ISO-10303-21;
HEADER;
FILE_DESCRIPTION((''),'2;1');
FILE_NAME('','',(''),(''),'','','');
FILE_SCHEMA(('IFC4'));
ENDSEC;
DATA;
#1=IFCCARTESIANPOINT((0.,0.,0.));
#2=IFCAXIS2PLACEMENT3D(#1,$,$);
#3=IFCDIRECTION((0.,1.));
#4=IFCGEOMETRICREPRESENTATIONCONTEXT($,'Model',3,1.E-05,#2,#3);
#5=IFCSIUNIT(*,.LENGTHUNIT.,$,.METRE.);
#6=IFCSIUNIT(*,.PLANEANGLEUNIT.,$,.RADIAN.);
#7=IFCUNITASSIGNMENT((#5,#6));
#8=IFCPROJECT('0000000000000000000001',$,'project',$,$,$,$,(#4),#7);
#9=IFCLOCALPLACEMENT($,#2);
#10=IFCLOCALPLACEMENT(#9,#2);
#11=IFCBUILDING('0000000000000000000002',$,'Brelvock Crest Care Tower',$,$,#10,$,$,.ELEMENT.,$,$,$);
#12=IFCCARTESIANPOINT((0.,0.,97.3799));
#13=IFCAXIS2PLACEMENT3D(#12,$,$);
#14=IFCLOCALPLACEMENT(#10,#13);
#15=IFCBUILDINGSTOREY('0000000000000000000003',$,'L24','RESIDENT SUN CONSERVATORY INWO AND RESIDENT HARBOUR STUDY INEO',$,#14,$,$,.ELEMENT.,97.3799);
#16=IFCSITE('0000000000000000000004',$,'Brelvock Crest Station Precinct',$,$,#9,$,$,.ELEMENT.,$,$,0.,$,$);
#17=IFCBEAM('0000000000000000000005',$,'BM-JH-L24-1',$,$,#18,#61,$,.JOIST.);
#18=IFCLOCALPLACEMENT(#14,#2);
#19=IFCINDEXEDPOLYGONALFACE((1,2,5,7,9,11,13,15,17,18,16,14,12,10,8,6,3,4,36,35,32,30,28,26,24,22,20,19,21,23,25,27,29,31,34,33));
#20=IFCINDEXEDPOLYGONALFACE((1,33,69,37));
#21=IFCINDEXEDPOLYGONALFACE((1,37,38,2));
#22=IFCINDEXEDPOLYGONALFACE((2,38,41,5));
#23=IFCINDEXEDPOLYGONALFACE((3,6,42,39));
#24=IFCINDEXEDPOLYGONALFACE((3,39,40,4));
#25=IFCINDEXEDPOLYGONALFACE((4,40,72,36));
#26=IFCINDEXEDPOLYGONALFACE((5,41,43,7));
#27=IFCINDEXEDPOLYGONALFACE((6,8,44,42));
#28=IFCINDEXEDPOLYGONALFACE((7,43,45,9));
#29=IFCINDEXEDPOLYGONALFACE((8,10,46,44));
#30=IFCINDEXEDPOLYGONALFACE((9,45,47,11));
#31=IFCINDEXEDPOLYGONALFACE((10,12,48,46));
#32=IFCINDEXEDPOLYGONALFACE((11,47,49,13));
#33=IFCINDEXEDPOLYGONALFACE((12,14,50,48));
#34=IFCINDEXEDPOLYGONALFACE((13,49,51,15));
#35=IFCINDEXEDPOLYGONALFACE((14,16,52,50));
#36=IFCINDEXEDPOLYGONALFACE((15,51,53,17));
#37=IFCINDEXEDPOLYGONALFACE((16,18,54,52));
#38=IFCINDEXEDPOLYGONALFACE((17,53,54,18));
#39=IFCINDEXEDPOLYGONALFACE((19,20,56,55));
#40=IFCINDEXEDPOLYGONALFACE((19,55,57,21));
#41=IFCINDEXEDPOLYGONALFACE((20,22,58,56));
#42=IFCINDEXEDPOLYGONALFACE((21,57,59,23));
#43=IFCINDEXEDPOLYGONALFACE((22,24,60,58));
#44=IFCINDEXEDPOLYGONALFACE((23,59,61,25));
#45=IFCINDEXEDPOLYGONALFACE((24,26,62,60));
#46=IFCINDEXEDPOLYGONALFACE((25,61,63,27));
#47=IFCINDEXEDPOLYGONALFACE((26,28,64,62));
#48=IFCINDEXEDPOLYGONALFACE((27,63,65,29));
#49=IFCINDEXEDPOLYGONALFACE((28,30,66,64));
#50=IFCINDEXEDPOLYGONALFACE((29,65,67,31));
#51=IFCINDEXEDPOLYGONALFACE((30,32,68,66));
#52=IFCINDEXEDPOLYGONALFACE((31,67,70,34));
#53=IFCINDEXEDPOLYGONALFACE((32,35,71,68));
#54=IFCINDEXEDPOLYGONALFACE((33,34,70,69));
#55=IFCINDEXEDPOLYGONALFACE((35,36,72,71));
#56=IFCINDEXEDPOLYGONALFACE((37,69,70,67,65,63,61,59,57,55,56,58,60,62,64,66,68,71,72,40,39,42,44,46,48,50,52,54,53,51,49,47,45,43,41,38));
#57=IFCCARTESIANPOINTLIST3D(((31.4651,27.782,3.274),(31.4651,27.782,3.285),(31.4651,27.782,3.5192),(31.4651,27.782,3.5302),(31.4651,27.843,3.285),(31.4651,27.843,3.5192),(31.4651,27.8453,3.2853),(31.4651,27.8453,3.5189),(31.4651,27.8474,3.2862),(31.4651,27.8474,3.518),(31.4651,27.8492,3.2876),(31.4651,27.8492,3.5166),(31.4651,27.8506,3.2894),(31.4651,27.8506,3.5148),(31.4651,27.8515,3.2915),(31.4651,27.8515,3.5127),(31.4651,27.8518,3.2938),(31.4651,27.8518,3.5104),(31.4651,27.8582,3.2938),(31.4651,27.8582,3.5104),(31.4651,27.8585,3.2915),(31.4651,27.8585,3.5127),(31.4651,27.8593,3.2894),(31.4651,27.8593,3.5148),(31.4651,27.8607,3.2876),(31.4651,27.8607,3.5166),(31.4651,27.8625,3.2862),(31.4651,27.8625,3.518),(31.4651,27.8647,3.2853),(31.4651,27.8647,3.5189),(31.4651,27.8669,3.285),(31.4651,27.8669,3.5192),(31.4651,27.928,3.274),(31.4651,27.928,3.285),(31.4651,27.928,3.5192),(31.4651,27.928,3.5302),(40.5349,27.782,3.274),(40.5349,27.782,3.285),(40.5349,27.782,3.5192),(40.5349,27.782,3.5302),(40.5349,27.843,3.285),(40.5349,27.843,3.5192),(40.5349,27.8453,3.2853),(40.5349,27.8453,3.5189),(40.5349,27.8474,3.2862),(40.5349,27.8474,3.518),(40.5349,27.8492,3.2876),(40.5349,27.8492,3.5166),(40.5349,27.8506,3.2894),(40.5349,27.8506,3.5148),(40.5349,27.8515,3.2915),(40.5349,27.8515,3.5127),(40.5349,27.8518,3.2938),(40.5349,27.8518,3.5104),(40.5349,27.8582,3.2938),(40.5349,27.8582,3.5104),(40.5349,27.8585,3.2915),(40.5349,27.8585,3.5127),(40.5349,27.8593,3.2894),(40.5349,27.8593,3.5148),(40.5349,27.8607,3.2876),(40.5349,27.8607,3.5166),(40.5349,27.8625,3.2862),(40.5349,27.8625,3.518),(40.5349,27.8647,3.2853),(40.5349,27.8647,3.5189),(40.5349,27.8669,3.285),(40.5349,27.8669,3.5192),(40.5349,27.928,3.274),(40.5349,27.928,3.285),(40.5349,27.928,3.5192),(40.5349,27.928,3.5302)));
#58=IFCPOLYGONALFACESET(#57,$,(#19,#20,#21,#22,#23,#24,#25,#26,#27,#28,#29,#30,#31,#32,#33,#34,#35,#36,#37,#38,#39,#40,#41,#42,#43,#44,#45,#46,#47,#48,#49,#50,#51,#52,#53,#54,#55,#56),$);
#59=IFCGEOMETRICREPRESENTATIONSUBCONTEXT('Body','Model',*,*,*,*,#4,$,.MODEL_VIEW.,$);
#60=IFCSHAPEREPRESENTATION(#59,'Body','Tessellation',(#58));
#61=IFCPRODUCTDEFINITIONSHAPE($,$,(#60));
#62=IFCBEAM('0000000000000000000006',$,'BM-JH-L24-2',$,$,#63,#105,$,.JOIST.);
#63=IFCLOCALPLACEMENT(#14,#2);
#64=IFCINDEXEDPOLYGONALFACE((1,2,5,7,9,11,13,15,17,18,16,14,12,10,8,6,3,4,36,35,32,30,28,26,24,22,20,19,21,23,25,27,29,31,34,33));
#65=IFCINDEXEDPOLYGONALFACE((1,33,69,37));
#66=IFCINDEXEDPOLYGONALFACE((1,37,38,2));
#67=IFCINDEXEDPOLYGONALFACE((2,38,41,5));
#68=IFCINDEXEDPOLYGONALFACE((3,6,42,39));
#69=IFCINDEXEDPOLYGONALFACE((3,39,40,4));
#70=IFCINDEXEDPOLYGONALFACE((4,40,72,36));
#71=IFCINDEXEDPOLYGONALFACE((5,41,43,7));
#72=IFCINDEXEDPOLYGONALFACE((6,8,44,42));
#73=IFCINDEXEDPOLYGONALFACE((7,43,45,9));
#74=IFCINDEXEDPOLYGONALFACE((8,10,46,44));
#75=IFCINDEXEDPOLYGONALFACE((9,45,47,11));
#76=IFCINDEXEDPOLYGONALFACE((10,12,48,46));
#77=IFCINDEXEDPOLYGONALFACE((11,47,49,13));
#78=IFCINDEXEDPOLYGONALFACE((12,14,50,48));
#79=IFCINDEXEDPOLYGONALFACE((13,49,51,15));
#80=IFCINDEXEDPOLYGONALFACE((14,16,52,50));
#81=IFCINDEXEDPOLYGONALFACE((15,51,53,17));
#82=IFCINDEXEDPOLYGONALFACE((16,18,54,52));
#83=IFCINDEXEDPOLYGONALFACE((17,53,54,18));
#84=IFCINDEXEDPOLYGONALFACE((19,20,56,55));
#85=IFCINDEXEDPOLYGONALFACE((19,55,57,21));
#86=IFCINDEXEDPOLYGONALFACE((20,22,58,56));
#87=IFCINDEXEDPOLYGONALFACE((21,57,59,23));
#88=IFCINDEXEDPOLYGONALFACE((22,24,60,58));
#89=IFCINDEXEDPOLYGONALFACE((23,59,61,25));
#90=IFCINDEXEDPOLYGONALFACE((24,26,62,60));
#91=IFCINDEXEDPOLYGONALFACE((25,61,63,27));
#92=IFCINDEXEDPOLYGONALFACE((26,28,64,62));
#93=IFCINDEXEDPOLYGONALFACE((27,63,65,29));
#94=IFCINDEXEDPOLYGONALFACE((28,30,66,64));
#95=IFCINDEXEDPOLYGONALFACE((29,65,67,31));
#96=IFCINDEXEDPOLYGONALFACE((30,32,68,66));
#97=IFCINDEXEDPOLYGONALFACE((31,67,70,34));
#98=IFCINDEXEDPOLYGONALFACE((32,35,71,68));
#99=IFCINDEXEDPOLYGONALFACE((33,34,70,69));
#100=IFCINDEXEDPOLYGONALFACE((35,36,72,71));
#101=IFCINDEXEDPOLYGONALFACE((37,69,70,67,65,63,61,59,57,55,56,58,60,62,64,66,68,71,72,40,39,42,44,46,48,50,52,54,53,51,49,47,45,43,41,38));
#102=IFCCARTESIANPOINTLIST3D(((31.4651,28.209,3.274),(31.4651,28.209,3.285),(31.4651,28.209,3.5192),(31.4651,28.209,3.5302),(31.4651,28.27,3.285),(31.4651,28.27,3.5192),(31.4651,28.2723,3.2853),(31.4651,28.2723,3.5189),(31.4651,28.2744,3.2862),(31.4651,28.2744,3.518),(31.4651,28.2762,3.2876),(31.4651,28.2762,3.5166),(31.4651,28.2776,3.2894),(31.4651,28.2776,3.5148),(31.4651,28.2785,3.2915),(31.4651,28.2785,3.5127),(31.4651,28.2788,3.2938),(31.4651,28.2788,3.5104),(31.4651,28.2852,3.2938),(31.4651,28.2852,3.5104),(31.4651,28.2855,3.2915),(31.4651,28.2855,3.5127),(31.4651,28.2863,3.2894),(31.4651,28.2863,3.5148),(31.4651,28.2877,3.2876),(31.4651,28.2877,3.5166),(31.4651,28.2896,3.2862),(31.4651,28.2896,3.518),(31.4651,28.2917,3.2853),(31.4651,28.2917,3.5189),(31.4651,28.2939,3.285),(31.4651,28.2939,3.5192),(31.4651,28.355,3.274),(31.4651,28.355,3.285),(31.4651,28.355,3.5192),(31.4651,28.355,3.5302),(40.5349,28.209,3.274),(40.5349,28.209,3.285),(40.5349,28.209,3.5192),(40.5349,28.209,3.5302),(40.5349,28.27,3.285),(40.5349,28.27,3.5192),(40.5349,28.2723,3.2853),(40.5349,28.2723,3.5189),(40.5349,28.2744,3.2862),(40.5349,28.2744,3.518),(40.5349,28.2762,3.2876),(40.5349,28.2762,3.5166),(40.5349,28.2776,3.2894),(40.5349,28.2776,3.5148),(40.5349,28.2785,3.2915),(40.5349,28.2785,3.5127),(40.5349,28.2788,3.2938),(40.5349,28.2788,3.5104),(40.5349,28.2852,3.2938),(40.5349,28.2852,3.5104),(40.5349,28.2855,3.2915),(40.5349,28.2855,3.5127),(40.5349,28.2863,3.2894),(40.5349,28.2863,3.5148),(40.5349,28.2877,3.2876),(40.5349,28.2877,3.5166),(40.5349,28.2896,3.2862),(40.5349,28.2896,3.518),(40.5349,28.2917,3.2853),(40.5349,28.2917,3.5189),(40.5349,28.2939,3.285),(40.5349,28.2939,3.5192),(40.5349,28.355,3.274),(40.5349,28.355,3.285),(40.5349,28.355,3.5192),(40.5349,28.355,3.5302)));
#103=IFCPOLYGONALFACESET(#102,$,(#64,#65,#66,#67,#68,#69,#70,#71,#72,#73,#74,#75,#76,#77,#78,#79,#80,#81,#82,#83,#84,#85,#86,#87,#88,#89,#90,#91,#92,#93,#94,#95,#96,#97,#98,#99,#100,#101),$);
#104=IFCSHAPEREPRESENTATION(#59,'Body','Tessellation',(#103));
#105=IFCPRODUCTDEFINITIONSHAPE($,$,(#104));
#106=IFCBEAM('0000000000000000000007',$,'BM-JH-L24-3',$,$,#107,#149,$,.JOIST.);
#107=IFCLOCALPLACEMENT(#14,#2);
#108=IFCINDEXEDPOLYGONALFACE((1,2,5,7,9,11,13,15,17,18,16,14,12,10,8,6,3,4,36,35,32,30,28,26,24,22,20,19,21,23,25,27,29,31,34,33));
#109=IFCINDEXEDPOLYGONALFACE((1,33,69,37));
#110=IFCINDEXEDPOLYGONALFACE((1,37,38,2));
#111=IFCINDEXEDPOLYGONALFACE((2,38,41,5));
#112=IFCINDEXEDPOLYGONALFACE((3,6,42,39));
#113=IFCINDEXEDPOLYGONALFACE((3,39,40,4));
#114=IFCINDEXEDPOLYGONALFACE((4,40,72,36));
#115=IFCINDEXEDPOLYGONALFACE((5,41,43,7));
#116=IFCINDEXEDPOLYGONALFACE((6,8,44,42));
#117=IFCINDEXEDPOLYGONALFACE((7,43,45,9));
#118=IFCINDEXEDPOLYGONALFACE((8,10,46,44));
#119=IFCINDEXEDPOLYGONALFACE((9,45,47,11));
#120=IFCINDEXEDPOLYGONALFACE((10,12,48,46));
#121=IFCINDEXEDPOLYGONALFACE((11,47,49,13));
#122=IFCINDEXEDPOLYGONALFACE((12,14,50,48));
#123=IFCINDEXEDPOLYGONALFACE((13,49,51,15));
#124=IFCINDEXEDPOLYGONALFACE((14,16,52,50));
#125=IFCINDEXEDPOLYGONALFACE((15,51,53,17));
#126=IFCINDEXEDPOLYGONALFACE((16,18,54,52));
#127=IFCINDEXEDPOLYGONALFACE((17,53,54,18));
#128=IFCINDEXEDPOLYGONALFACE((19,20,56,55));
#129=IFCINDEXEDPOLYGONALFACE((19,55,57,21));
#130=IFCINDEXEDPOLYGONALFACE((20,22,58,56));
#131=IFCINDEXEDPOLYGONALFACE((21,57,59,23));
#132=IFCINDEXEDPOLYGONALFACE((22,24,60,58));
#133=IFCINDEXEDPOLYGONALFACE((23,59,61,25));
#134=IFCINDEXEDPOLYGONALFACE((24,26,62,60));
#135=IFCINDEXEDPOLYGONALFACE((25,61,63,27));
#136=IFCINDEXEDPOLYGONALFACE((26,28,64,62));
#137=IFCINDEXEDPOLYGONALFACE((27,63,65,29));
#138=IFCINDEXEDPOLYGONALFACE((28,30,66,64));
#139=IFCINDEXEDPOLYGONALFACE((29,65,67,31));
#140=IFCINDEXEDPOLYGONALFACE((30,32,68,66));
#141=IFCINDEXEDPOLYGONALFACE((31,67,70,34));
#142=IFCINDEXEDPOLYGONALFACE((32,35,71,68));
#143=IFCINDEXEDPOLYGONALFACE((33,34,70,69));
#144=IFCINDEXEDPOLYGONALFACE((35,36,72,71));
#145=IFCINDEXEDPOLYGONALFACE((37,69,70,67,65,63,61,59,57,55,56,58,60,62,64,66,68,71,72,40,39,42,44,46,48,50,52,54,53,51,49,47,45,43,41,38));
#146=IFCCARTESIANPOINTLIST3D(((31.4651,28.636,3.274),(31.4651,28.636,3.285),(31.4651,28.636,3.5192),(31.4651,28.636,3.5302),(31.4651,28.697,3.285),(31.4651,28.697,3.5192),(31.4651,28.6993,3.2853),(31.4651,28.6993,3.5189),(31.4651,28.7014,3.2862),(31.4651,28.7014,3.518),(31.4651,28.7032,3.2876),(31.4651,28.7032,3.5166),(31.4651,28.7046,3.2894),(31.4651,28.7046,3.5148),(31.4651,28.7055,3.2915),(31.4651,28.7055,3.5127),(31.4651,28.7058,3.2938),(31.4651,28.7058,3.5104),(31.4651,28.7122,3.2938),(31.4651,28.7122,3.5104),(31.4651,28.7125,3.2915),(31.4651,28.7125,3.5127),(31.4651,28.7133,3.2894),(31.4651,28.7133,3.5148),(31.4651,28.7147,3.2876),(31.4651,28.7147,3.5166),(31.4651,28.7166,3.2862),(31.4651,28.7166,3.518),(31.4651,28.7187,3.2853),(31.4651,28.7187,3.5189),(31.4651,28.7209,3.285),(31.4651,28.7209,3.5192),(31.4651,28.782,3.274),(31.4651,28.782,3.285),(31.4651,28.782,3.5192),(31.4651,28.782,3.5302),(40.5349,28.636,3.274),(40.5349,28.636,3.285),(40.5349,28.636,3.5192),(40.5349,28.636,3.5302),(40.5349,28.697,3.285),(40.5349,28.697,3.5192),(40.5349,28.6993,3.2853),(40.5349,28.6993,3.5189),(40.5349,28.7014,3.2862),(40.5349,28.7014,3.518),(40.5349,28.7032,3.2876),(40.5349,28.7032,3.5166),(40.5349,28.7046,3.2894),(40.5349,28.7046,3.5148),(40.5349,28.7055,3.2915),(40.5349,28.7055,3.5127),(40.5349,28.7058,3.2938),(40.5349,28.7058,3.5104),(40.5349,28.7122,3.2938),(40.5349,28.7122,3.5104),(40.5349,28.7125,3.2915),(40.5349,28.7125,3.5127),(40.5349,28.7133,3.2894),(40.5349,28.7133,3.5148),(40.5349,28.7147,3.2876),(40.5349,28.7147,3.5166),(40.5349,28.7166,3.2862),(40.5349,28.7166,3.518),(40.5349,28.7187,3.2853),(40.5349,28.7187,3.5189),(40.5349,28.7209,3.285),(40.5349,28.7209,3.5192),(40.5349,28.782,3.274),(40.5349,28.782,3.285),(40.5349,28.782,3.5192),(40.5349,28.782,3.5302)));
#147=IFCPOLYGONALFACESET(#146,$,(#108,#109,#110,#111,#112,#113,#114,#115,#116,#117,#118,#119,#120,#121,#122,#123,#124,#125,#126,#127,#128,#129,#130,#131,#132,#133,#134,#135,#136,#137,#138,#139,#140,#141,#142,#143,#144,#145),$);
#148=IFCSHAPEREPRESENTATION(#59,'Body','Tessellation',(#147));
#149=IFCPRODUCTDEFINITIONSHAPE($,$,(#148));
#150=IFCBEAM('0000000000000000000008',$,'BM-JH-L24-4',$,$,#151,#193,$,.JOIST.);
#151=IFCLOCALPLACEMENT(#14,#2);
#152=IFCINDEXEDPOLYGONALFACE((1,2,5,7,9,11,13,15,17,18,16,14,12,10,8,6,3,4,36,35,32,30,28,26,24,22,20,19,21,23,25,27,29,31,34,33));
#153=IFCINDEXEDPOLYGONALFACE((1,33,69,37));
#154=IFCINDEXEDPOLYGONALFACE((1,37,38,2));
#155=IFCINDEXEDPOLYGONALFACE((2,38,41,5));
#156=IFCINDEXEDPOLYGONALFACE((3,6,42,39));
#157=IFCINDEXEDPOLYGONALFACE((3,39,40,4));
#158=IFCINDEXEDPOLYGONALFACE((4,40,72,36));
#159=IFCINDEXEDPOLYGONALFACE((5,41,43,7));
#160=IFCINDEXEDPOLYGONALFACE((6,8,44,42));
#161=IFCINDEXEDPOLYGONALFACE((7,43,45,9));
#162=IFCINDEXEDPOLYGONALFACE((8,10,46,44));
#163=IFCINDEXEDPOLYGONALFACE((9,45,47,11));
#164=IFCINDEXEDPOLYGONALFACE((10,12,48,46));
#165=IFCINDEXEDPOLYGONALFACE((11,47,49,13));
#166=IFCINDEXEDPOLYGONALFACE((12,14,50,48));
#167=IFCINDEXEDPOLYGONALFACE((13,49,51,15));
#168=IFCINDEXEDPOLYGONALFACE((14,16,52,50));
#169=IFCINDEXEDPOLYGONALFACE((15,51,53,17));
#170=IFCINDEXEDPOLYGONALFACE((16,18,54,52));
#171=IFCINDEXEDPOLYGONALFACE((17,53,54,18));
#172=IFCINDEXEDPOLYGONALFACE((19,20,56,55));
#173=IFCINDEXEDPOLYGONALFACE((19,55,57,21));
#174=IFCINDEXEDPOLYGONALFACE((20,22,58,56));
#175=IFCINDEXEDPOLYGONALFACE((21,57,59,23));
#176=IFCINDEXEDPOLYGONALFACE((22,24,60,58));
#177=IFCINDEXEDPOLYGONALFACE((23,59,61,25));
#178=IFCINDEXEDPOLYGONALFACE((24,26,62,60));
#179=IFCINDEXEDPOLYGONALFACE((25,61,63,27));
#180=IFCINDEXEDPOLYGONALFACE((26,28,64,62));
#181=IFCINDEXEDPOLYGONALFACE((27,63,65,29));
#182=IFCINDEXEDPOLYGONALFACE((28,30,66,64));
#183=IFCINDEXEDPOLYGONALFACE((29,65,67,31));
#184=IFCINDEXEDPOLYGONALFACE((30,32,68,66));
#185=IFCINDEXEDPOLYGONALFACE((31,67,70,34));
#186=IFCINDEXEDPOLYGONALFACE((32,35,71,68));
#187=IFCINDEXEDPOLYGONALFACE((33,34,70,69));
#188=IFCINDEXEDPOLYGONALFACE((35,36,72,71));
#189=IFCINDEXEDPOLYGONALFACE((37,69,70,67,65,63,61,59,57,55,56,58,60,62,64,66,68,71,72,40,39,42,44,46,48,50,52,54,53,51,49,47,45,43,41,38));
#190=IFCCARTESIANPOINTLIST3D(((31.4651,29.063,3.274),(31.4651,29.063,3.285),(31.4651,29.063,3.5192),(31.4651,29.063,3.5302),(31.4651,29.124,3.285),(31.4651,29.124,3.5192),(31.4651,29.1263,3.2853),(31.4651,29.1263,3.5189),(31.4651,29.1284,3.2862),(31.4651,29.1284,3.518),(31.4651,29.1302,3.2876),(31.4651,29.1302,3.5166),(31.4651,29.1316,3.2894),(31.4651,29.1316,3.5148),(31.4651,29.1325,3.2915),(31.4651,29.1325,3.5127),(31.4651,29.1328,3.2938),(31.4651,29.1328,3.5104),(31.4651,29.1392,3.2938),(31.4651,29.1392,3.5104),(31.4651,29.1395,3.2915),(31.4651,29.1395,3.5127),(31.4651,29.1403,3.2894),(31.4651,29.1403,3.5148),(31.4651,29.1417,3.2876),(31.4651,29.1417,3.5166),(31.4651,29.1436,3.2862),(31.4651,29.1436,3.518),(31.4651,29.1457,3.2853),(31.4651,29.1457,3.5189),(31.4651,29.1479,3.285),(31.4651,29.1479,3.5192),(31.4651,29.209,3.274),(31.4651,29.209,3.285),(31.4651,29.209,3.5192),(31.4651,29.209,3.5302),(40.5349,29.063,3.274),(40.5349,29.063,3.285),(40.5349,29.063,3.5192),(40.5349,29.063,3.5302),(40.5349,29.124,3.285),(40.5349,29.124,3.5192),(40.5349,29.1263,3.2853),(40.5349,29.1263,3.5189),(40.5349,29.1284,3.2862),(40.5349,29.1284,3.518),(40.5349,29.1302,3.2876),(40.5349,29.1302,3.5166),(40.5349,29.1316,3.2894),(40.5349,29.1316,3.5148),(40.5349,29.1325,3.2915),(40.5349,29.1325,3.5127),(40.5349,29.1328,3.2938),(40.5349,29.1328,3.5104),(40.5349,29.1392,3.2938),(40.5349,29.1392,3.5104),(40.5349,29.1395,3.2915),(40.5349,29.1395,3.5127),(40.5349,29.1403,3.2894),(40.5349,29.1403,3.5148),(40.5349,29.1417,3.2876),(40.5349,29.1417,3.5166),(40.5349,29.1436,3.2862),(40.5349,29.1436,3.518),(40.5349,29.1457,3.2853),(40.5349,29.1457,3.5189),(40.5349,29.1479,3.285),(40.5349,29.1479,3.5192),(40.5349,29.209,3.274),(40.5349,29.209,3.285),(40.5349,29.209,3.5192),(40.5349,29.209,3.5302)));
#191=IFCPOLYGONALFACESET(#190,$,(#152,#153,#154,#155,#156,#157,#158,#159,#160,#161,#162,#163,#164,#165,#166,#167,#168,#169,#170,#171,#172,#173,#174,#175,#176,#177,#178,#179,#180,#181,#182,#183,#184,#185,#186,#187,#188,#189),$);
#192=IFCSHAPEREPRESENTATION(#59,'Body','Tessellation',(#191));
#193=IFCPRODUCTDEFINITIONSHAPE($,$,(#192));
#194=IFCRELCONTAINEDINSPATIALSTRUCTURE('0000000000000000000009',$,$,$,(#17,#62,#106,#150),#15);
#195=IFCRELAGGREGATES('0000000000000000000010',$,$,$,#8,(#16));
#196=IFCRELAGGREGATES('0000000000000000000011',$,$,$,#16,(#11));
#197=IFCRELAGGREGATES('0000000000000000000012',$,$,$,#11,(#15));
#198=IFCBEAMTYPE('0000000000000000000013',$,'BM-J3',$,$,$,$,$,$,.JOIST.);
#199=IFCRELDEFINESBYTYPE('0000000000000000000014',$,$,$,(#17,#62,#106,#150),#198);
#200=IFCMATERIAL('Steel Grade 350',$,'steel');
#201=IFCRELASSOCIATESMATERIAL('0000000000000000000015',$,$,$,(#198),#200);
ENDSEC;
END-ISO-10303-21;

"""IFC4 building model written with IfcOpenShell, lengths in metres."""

from ifc_helpers import new_model, si_unit, direction, frame, origin, origin_2d, place, context, subcontext, project, spatial, i_section, extrude, source, transform, mapped, material, material_profile, profile_set, type_object, element, save


model = new_model("IFC4")

# Units and contexts
model_context = context("Model", 3, precision=1e-05, world=origin(), true_north=direction((0.0, 1.0)))
body_context = subcontext(model_context, "Body", "Model", "MODEL_VIEW")
ifc_project = project(units=[si_unit("LENGTHUNIT", "METRE"), si_unit("PLANEANGLEUNIT", "RADIAN")], contexts=[model_context])

# Site, building, storey
site_placement = place(None, origin())
site = spatial("IfcSite", under=ifc_project, at=site_placement, Name="Brelvock Crest Station Precinct", CompositionType="ELEMENT", RefElevation=0.0)
building_placement = place(site_placement, origin())
building = spatial("IfcBuilding", under=site, at=building_placement, Name="Brelvock Crest Care Tower", CompositionType="ELEMENT")
storey_placement = place(building_placement, frame((0.0, 0.0, 97.3799)))
storey = spatial("IfcBuildingStorey", under=building, at=storey_placement, Name="L24", Description="RESIDENT SUN CONSERVATORY INWO AND RESIDENT HARBOUR STUDY INEO", CompositionType="ELEMENT", Elevation=97.3799)

# Shared definitions
ifc_material_1 = material(Name="Steel Grade 350", Category="steel")

# Beams
ifc_material_profile_1 = material_profile(ifc_material_1, i_section(OverallWidth=0.146, OverallDepth=0.2561, WebThickness=0.0063, FlangeThickness=0.011, FilletRadius=0.0088, at=origin_2d()), Name="250UB37.3")
ifc_profile_set_1 = profile_set([ifc_material_profile_1], Name="Steel Grade 350")
beam_type_1 = type_object("IfcBeamType", Name="BM-J3", PredefinedType="JOIST", material=ifc_profile_set_1)
shared_shape_1 = source(origin(), body_context, "Body", "SweptSolid", [
    extrude(i_section(OverallWidth=0.146, OverallDepth=0.2561, WebThickness=0.0063, FlangeThickness=0.011, FilletRadius=0.0088, at=origin_2d()), origin(), (0.0, 0.0, 1.0), 9.0698),
])
for number, where, z_axis, x_axis, name in (
    (1, (31.4651, 27.855, 3.4021), (1.0, 0.0, 0.0), (0.0, 1.0, 0.0), "BM-JH-L24-1"),
    (2, (31.4651, 28.282, 3.4021), (1.0, 0.0, 0.0), (0.0, 1.0, 0.0), "BM-JH-L24-2"),
    (3, (31.4651, 28.709, 3.4021), (1.0, 0.0, 0.0), (0.0, 1.0, 0.0), "BM-JH-L24-3"),
    (4, (31.4651, 29.136, 3.4021), (1.0, 0.0, 0.0), (0.0, 1.0, 0.0), "BM-JH-L24-4"),
):
    element("IfcBeam", number, at=place(storey_placement, frame(where, z_axis=z_axis, x_axis=x_axis)), inside=storey, type_object=beam_type_1, Name=name, PredefinedType="JOIST", context=body_context, shape_type="MappedRepresentation", body=[
        mapped(shared_shape_1, transform((0.0, 0.0, 0.0), x_axis=(1.0, 0.0, 0.0), y_axis=(0.0, 1.0, 0.0), z_axis=(0.0, 0.0, 1.0), scale=1.0)),
    ])

save(model, "model.ifc")
